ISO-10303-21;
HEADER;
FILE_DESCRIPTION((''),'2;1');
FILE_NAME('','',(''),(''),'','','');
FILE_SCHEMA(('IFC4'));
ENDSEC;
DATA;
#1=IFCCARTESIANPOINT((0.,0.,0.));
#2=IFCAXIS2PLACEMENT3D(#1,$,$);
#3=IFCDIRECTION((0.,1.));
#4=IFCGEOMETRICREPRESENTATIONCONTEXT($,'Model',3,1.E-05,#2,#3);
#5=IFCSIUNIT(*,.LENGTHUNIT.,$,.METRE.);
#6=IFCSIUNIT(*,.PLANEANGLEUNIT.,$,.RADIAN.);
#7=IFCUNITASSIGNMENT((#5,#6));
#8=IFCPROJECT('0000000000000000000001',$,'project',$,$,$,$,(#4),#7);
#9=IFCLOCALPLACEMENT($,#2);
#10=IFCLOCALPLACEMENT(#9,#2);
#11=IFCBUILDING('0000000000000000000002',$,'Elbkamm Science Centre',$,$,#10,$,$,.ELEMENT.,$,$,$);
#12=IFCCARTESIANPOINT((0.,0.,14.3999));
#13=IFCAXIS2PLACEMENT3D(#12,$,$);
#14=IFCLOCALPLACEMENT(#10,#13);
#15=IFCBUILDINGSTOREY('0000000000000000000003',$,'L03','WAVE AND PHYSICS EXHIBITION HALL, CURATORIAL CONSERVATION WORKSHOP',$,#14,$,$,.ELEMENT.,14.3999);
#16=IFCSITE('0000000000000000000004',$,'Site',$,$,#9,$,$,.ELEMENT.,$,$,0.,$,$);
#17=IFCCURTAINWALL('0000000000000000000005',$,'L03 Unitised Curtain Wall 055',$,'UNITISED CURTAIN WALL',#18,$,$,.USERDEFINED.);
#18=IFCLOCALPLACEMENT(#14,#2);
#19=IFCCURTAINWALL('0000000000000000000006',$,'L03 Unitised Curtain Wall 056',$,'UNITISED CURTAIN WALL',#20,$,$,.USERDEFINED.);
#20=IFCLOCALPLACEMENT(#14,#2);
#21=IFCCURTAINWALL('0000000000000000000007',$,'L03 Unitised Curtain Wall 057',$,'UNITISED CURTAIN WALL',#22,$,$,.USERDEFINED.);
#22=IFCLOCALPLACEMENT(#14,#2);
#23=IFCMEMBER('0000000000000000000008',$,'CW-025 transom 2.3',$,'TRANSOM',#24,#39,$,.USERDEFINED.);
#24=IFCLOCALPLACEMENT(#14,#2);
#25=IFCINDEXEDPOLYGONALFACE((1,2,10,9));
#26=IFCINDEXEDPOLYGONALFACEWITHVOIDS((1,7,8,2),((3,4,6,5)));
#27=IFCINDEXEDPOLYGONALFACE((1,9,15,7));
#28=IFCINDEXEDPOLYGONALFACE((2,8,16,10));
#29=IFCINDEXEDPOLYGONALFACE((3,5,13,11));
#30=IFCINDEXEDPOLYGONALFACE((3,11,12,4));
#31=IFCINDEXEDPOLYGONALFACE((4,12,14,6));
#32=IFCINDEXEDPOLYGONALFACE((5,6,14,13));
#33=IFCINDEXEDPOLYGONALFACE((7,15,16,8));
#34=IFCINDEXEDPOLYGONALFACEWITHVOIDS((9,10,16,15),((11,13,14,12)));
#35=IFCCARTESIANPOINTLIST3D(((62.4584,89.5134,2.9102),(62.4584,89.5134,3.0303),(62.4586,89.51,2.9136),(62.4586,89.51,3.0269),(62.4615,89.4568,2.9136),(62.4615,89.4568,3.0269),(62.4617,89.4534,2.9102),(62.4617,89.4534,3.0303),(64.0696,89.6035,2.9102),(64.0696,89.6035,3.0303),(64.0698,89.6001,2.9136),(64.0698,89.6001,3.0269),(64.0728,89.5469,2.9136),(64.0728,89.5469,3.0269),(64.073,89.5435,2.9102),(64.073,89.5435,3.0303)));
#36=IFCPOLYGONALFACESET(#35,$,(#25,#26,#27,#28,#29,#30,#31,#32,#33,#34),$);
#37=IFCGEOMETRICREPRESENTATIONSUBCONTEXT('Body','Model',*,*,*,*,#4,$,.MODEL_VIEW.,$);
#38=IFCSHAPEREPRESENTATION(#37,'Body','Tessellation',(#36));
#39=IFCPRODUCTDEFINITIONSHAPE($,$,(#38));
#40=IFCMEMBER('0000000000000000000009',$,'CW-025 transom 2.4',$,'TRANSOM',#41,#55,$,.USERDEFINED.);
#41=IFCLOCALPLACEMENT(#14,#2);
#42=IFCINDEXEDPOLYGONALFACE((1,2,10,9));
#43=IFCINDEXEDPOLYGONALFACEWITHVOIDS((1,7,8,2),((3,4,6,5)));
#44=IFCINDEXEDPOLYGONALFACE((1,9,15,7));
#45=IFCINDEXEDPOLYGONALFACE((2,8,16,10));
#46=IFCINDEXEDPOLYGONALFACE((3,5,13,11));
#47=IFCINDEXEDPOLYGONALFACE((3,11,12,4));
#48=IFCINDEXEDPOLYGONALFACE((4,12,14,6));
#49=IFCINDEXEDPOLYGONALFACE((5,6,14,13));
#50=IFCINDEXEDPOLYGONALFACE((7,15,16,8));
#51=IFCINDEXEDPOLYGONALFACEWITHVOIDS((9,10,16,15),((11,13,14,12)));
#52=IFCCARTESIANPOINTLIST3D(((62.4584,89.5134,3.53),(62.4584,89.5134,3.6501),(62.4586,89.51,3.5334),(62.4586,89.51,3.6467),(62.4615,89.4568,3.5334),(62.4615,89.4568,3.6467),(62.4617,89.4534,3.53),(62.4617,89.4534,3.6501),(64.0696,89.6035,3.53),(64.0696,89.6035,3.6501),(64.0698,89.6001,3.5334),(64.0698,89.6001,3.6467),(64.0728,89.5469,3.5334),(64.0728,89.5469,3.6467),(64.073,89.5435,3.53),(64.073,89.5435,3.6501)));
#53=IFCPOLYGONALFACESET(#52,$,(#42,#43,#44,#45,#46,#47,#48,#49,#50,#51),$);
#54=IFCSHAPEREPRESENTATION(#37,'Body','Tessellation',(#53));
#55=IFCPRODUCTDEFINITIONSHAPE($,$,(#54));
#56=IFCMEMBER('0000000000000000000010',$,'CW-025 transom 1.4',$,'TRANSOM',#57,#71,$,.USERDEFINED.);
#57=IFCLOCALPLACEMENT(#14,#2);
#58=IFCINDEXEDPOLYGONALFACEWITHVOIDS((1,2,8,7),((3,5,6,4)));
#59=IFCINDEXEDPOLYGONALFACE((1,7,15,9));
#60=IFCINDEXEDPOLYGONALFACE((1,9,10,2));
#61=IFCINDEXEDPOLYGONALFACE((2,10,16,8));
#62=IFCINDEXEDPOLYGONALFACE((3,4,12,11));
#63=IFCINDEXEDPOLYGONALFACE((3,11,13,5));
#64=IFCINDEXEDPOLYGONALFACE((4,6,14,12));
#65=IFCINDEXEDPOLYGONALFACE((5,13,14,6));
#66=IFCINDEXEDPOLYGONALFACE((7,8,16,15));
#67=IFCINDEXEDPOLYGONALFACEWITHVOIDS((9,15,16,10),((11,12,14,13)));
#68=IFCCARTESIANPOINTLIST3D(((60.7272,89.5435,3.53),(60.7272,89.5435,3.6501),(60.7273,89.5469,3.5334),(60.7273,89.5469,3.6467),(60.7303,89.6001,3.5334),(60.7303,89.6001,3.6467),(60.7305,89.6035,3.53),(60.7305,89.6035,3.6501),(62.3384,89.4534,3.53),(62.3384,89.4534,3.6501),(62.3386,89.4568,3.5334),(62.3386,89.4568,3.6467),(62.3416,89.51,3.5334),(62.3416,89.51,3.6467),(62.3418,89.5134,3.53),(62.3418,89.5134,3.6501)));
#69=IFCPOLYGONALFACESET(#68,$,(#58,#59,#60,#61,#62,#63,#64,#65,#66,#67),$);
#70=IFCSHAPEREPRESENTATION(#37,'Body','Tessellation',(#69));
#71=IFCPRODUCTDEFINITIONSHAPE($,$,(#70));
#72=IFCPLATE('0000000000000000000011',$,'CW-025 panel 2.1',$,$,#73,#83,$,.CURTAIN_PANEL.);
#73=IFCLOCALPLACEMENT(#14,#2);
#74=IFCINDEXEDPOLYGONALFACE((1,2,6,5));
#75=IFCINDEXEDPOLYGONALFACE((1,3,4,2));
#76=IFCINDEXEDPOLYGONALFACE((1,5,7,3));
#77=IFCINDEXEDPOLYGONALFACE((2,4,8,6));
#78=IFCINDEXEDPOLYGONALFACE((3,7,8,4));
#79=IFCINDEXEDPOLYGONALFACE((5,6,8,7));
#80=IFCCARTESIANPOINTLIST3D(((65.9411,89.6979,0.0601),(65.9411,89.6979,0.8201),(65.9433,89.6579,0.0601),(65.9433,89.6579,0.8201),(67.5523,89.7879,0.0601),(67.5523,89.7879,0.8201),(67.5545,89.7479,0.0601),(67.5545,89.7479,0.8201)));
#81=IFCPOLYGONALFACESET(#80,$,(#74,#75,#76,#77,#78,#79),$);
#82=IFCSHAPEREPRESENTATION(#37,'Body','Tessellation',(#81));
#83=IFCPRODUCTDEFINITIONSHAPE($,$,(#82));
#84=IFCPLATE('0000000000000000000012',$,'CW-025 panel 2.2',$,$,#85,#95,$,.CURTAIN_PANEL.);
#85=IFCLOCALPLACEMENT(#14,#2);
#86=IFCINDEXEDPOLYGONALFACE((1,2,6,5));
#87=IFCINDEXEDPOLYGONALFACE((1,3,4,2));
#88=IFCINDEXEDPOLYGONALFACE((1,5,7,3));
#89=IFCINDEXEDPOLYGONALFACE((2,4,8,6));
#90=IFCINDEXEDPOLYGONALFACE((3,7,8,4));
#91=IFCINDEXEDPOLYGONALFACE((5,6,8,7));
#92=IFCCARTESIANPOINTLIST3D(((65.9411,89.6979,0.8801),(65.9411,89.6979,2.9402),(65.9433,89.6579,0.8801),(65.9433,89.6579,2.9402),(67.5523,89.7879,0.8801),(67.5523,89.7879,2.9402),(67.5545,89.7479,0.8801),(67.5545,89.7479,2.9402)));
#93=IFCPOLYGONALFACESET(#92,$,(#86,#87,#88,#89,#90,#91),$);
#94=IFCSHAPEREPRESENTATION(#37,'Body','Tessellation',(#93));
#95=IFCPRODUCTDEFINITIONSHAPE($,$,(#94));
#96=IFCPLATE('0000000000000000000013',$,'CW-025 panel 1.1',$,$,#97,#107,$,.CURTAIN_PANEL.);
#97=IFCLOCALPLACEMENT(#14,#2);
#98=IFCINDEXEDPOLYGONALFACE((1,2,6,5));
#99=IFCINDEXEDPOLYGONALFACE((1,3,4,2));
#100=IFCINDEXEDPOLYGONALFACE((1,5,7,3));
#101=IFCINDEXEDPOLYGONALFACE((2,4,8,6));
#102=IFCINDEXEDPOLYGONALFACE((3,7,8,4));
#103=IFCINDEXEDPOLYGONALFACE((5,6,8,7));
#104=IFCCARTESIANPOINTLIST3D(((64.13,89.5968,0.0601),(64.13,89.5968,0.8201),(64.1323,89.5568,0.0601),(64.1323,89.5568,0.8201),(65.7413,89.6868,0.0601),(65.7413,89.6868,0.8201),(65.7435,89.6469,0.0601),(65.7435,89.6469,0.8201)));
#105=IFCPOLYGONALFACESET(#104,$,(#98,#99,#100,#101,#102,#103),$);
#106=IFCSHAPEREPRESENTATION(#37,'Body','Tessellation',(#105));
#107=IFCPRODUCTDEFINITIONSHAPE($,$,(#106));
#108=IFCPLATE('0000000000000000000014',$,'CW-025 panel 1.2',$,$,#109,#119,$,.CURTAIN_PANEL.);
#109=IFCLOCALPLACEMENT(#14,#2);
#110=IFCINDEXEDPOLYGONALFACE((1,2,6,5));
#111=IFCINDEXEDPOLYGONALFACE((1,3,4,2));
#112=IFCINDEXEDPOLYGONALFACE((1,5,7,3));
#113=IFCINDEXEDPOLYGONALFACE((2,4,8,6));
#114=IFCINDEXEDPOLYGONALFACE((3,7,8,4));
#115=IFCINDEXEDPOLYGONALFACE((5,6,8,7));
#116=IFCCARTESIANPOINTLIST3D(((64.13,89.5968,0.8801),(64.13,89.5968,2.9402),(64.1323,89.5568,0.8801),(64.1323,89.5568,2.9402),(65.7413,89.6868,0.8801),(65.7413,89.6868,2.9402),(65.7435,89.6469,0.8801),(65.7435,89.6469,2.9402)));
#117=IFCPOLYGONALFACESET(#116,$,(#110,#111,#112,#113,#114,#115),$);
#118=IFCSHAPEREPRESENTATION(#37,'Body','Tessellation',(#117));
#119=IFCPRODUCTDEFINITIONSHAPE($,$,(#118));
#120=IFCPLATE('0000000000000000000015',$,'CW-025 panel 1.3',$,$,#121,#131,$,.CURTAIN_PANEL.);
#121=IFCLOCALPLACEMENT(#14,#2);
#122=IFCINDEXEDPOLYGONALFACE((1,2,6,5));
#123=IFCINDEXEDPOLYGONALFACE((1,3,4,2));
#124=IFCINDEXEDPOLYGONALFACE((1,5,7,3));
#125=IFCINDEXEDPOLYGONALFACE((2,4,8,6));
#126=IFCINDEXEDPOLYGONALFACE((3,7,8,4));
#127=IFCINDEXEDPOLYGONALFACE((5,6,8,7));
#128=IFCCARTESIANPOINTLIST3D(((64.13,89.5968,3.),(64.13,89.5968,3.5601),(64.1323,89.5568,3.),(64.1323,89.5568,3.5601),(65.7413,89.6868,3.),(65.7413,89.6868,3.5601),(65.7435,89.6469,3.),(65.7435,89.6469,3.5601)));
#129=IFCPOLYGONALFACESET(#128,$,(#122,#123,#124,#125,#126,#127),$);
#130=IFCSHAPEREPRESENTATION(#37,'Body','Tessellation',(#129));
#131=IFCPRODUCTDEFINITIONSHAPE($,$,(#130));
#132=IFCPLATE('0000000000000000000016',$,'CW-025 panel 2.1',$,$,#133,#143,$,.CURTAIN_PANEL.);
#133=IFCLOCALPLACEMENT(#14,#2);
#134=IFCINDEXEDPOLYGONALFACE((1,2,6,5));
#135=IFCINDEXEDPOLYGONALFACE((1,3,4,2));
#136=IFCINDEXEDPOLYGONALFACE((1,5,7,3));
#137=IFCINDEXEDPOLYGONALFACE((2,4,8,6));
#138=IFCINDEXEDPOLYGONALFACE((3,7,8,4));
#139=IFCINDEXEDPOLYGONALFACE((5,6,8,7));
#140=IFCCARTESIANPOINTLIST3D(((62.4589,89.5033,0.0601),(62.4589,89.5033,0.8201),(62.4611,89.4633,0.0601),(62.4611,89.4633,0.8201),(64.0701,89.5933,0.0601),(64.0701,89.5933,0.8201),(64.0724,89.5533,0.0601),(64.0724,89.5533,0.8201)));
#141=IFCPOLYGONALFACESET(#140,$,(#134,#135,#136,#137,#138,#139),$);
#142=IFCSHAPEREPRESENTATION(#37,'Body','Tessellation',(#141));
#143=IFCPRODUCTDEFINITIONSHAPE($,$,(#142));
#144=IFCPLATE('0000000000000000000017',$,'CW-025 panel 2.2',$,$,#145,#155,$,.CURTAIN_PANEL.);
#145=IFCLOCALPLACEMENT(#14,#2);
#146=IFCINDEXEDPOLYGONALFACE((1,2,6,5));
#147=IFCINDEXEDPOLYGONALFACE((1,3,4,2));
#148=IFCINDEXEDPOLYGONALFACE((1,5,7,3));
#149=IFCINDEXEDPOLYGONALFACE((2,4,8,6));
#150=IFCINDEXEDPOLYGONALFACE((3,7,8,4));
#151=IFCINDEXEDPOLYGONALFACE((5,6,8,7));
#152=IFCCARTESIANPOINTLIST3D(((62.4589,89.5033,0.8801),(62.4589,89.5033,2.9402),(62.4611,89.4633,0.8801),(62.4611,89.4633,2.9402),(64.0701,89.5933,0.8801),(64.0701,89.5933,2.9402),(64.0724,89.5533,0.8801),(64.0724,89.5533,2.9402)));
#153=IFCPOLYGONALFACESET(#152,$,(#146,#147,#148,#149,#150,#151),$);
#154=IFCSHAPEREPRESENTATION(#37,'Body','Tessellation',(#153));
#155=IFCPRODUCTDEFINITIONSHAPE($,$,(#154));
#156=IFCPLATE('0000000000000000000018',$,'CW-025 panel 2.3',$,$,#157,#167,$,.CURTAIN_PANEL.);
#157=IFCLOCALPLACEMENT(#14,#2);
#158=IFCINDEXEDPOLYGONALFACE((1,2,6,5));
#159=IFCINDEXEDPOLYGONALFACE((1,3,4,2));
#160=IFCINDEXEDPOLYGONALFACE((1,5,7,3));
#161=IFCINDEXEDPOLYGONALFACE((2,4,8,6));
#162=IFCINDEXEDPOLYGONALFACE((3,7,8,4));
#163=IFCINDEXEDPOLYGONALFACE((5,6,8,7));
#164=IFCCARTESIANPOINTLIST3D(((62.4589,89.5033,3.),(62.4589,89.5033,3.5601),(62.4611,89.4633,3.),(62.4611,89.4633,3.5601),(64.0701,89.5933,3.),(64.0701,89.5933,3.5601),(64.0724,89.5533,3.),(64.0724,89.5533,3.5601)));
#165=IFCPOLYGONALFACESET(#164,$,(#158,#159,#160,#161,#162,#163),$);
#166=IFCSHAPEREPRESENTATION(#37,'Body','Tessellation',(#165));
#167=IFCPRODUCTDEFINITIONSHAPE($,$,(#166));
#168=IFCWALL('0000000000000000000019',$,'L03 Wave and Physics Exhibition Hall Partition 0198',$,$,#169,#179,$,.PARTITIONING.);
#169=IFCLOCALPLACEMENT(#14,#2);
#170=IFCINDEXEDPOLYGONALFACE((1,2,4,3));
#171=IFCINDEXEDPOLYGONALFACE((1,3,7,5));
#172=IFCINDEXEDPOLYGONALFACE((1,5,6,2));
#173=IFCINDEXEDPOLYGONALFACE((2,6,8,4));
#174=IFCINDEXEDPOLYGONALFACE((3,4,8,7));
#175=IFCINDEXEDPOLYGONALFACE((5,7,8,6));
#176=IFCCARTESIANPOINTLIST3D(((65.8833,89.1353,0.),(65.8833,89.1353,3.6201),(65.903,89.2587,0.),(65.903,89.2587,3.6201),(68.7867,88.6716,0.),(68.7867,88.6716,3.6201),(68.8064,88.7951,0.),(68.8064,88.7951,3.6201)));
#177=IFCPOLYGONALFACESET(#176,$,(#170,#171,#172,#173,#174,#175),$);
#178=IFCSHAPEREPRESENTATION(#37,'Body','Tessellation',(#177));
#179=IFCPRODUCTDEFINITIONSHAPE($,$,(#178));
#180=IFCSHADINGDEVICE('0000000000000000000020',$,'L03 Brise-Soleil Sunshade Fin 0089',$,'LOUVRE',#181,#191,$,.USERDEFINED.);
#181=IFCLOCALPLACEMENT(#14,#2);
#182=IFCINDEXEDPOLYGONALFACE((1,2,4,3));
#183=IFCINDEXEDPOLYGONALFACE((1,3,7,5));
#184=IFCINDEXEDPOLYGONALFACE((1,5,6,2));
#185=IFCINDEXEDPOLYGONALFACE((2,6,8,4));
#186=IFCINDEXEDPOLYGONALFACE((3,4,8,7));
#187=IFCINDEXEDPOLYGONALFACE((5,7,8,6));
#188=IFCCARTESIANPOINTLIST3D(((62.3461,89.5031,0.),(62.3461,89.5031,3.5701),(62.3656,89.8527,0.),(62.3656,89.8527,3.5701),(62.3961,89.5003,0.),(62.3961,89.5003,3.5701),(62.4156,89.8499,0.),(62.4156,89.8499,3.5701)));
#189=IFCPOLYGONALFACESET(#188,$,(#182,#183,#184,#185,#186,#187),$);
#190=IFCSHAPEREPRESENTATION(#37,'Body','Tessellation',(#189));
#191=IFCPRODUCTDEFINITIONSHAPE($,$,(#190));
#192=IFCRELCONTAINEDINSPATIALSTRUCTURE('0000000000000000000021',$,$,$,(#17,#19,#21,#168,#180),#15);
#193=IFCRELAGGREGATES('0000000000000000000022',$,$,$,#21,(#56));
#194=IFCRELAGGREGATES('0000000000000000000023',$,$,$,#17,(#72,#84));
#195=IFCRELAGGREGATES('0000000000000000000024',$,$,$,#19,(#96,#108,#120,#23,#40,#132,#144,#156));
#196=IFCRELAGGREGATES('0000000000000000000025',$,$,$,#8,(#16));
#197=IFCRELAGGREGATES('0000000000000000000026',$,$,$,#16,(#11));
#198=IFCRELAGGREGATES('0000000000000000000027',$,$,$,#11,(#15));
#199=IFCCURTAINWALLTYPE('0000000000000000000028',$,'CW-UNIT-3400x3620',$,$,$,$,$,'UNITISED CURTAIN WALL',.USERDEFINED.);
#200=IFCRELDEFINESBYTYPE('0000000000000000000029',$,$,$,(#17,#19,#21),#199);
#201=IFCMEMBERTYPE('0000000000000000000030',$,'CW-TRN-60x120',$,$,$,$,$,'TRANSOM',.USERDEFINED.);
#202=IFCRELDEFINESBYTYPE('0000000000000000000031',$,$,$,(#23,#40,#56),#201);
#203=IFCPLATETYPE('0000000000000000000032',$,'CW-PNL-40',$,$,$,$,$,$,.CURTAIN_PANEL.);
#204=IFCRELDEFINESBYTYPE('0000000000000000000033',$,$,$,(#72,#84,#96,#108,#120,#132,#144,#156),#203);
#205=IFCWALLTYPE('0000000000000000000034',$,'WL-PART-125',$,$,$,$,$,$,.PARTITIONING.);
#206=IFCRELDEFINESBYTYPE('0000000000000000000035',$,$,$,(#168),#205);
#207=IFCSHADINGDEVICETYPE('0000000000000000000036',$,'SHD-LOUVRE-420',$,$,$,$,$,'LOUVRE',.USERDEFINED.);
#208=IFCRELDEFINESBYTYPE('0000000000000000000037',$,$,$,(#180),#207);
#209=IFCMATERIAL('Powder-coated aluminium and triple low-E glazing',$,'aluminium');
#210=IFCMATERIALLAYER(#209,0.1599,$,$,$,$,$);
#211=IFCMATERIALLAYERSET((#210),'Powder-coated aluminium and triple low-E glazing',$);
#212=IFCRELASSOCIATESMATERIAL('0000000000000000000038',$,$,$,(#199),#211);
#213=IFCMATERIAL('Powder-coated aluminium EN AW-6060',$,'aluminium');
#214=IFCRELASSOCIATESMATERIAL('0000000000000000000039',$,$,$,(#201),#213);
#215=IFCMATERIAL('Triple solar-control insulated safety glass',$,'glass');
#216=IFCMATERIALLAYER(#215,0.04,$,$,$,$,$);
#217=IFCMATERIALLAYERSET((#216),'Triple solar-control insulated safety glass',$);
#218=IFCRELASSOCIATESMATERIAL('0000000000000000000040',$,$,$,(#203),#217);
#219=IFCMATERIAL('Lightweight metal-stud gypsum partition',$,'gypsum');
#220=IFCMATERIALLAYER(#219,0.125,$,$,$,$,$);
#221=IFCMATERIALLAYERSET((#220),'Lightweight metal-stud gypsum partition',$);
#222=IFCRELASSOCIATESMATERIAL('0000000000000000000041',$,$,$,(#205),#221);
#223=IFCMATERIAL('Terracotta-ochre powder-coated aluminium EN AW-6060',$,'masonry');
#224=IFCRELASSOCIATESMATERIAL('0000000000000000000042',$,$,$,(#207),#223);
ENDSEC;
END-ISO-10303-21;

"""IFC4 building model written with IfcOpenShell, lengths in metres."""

from ifc_helpers import new_model, si_unit, direction, frame, frame_2d, origin, origin_2d, place, context, subcontext, project, spatial, rectangle, hollow_rectangle, extrude, material, layer, layer_set, material_profile, profile_set, type_object, element, aggregate, save


model = new_model("IFC4")

# Units and contexts
model_context = context("Model", 3, precision=1e-05, world=origin(), true_north=direction((0.0, 1.0)))
body_context = subcontext(model_context, "Body", "Model", "MODEL_VIEW")
ifc_project = project(units=[si_unit("LENGTHUNIT", "METRE"), si_unit("PLANEANGLEUNIT", "RADIAN")], contexts=[model_context])

# Site, building, storey
site_placement = place(None, origin())
site = spatial("IfcSite", under=ifc_project, at=site_placement, Name="Site", CompositionType="ELEMENT", RefElevation=0.0)
building_placement = place(site_placement, origin())
building = spatial("IfcBuilding", under=site, at=building_placement, Name="Elbkamm Science Centre", CompositionType="ELEMENT")
storey_placement = place(building_placement, frame((0.0, 0.0, 14.3999)))
storey = spatial("IfcBuildingStorey", under=building, at=storey_placement, Name="L03", Description="WAVE AND PHYSICS EXHIBITION HALL, CURATORIAL CONSERVATION WORKSHOP", CompositionType="ELEMENT", Elevation=14.3999)

# Curtain wall
ifc_material_1 = material(Name="Powder-coated aluminium and triple low-E glazing", Category="aluminium")
ifc_layer_1 = layer(ifc_material_1, 0.1599)
ifc_layer_set_1 = layer_set([ifc_layer_1], Name="Powder-coated aluminium and triple low-E glazing")
curtain_wall_type = type_object("IfcCurtainWallType", Name="CW-UNIT-3400x3620", ElementType="UNITISED CURTAIN WALL", PredefinedType="USERDEFINED", material=ifc_layer_set_1)
curtain_wall_1_placement = place(storey_placement, origin())
curtain_wall_1 = element("IfcCurtainWall", 1, at=curtain_wall_1_placement, inside=storey, type_object=curtain_wall_type, Name="L03 Unitised Curtain Wall 055", ObjectType="UNITISED CURTAIN WALL", PredefinedType="USERDEFINED")
ifc_material_2 = material(Name="Powder-coated aluminium EN AW-6060", Category="aluminium")

# Curtain wall
curtain_wall_2_placement = place(storey_placement, origin())
curtain_wall_2 = element("IfcCurtainWall", 2, at=curtain_wall_2_placement, inside=storey, type_object=curtain_wall_type, Name="L03 Unitised Curtain Wall 056", ObjectType="UNITISED CURTAIN WALL", PredefinedType="USERDEFINED")

# Curtain wall
curtain_wall_3_placement = place(storey_placement, origin())
curtain_wall_3 = element("IfcCurtainWall", 3, at=curtain_wall_3_placement, inside=storey, type_object=curtain_wall_type, Name="L03 Unitised Curtain Wall 057", ObjectType="UNITISED CURTAIN WALL", PredefinedType="USERDEFINED")

# Members
ifc_material_profile_1 = material_profile(ifc_material_2, hollow_rectangle(XDim=0.0601, YDim=0.1201, WallThickness=0.0034, at=origin_2d()), Name="ALU T60x120")
ifc_profile_set_1 = profile_set([ifc_material_profile_1], Name="Powder-coated aluminium EN AW-6060")
member_type_1 = type_object("IfcMemberType", Name="CW-TRN-60x120", ElementType="TRANSOM", PredefinedType="USERDEFINED", material=ifc_profile_set_1)
member_1_placement = place(storey_placement, frame((64.0713, 89.5735, 2.9702), z_axis=(-0.998441, -0.055822, 0.0), x_axis=(0.055822, -0.998441, 0.0)))
member_1 = element("IfcMember", 4, at=member_1_placement, type_object=member_type_1, Name="CW-025 transom 2.3", ObjectType="TRANSOM", PredefinedType="USERDEFINED", context=body_context, shape_type="SweptSolid", body=[
    extrude(hollow_rectangle(XDim=0.0601, YDim=0.1201, WallThickness=0.0034, at=origin_2d()), origin(), (0.0, 0.0, 1.0), 1.6138),
])
member_2_placement = place(storey_placement, frame((64.0713, 89.5735, 3.5901), z_axis=(-0.998441, -0.055822, 0.0), x_axis=(0.055822, -0.998441, 0.0)))
member_2 = element("IfcMember", 5, at=member_2_placement, type_object=member_type_1, Name="CW-025 transom 2.4", ObjectType="TRANSOM", PredefinedType="USERDEFINED", context=body_context, shape_type="SweptSolid", body=[
    extrude(hollow_rectangle(XDim=0.0601, YDim=0.1201, WallThickness=0.0034, at=origin_2d()), origin(), (0.0, 0.0, 1.0), 1.6138),
])
member_3_placement = place(storey_placement, frame((62.3401, 89.4834, 3.5901), z_axis=(-0.998441, 0.055822, 0.0), x_axis=(-0.055822, -0.998441, 0.0)))
member_3 = element("IfcMember", 6, at=member_3_placement, type_object=member_type_1, Name="CW-025 transom 1.4", ObjectType="TRANSOM", PredefinedType="USERDEFINED", context=body_context, shape_type="SweptSolid", body=[
    extrude(hollow_rectangle(XDim=0.0601, YDim=0.1201, WallThickness=0.0034, at=origin_2d()), origin(), (0.0, 0.0, 1.0), 1.6138),
])
aggregate(curtain_wall_3, [member_3])

# Plates
ifc_material_3 = material(Name="Triple solar-control insulated safety glass", Category="glass")
ifc_layer_2 = layer(ifc_material_3, 0.04)
ifc_layer_set_2 = layer_set([ifc_layer_2], Name="Triple solar-control insulated safety glass")
plate_type = type_object("IfcPlateType", Name="CW-PNL-40", PredefinedType="CURTAIN_PANEL", material=ifc_layer_set_2)
plate_1_placement = place(storey_placement, frame((66.7478, 89.7229, 0.0601), z_axis=(0.0, 0.0, 1.0), x_axis=(-0.998443, -0.055785, 0.0)))
plate_1 = element("IfcPlate", 7, at=plate_1_placement, type_object=plate_type, Name="CW-025 panel 2.1", PredefinedType="CURTAIN_PANEL", context=body_context, shape_type="SweptSolid", body=[
    extrude(rectangle(XDim=1.6138, YDim=0.04, at=origin_2d()), origin(), (0.0, 0.0, 1.0), 0.76),
])
plate_2_placement = place(storey_placement, frame((66.7478, 89.7229, 0.8801), z_axis=(0.0, 0.0, 1.0), x_axis=(-0.998443, -0.055785, 0.0)))
plate_2 = element("IfcPlate", 8, at=plate_2_placement, type_object=plate_type, Name="CW-025 panel 2.2", PredefinedType="CURTAIN_PANEL", context=body_context, shape_type="SweptSolid", body=[
    extrude(rectangle(XDim=1.6138, YDim=0.04, at=origin_2d()), origin(), (0.0, 0.0, 1.0), 2.0601),
])
aggregate(curtain_wall_1, [plate_1, plate_2])
plate_3_placement = place(storey_placement, frame((64.9368, 89.6218, 0.0601), z_axis=(0.0, 0.0, 1.0), x_axis=(-0.998443, -0.055785, 0.0)))
plate_3 = element("IfcPlate", 9, at=plate_3_placement, type_object=plate_type, Name="CW-025 panel 1.1", PredefinedType="CURTAIN_PANEL", context=body_context, shape_type="SweptSolid", body=[
    extrude(rectangle(XDim=1.6138, YDim=0.04, at=origin_2d()), origin(), (0.0, 0.0, 1.0), 0.76),
])
plate_4_placement = place(storey_placement, frame((64.9368, 89.6218, 0.8801), z_axis=(0.0, 0.0, 1.0), x_axis=(-0.998443, -0.055785, 0.0)))
plate_4 = element("IfcPlate", 10, at=plate_4_placement, type_object=plate_type, Name="CW-025 panel 1.2", PredefinedType="CURTAIN_PANEL", context=body_context, shape_type="SweptSolid", body=[
    extrude(rectangle(XDim=1.6138, YDim=0.04, at=origin_2d()), origin(), (0.0, 0.0, 1.0), 2.0601),
])
plate_5_placement = place(storey_placement, frame((64.9368, 89.6218, 3.0), z_axis=(0.0, 0.0, 1.0), x_axis=(-0.998443, -0.055785, 0.0)))
plate_5 = element("IfcPlate", 11, at=plate_5_placement, type_object=plate_type, Name="CW-025 panel 1.3", PredefinedType="CURTAIN_PANEL", context=body_context, shape_type="SweptSolid", body=[
    extrude(rectangle(XDim=1.6138, YDim=0.04, at=origin_2d()), origin(), (0.0, 0.0, 1.0), 0.5601),
])
plate_6_placement = place(storey_placement, frame((63.2656, 89.5283, 0.0601), z_axis=(0.0, 0.0, 1.0), x_axis=(-0.998443, -0.055785, 0.0)))
plate_6 = element("IfcPlate", 12, at=plate_6_placement, type_object=plate_type, Name="CW-025 panel 2.1", PredefinedType="CURTAIN_PANEL", context=body_context, shape_type="SweptSolid", body=[
    extrude(rectangle(XDim=1.6138, YDim=0.04, at=origin_2d()), origin(), (0.0, 0.0, 1.0), 0.76),
])
plate_7_placement = place(storey_placement, frame((63.2656, 89.5283, 0.8801), z_axis=(0.0, 0.0, 1.0), x_axis=(-0.998443, -0.055785, 0.0)))
plate_7 = element("IfcPlate", 13, at=plate_7_placement, type_object=plate_type, Name="CW-025 panel 2.2", PredefinedType="CURTAIN_PANEL", context=body_context, shape_type="SweptSolid", body=[
    extrude(rectangle(XDim=1.6138, YDim=0.04, at=origin_2d()), origin(), (0.0, 0.0, 1.0), 2.0601),
])
plate_8_placement = place(storey_placement, frame((63.2656, 89.5283, 3.0), z_axis=(0.0, 0.0, 1.0), x_axis=(-0.998443, -0.055785, 0.0)))
plate_8 = element("IfcPlate", 14, at=plate_8_placement, type_object=plate_type, Name="CW-025 panel 2.3", PredefinedType="CURTAIN_PANEL", context=body_context, shape_type="SweptSolid", body=[
    extrude(rectangle(XDim=1.6138, YDim=0.04, at=origin_2d()), origin(), (0.0, 0.0, 1.0), 0.5601),
])
aggregate(curtain_wall_2, [plate_3, plate_4, plate_5, member_1, member_2, plate_6, plate_7, plate_8])

# Wall
ifc_material_4 = material(Name="Lightweight metal-stud gypsum partition", Category="gypsum")
ifc_layer_3 = layer(ifc_material_4, 0.125)
ifc_layer_set_3 = layer_set([ifc_layer_3], Name="Lightweight metal-stud gypsum partition")
wall_type = type_object("IfcWallType", Name="WL-PART-125", PredefinedType="PARTITIONING", material=ifc_layer_set_3)
wall_placement = place(storey_placement, frame((65.8931, 89.197, 0.0), z_axis=(0.0, 0.0, 1.0), x_axis=(0.987489, -0.157689, 0.0)))
element("IfcWall", 15, at=wall_placement, inside=storey, type_object=wall_type, Name="L03 Wave and Physics Exhibition Hall Partition 0198", PredefinedType="PARTITIONING", context=body_context, shape_type="SweptSolid", body=[
    extrude(rectangle(XDim=2.9402, YDim=0.125, at=frame_2d((1.4702, 0.0))), origin(), (0.0, 0.0, 1.0), 3.6201),
])

# Shading device
ifc_material_5 = material(Name="Terracotta-ochre powder-coated aluminium EN AW-6060", Category="masonry")
shading_device_type = type_object("IfcShadingDeviceType", Name="SHD-LOUVRE-420", ElementType="LOUVRE", PredefinedType="USERDEFINED", material=ifc_material_5)
shading_device_placement = place(storey_placement, frame((62.3809, 89.6765, 0.0), z_axis=(0.0, 0.0, 1.0), x_axis=(0.055785, 0.998443, 0.0)))
element("IfcShadingDevice", 16, at=shading_device_placement, inside=storey, type_object=shading_device_type, Name="L03 Brise-Soleil Sunshade Fin 0089", ObjectType="LOUVRE", PredefinedType="USERDEFINED", context=body_context, shape_type="SweptSolid", body=[
    extrude(rectangle(XDim=0.3501, YDim=0.05, at=origin_2d()), origin(), (0.0, 0.0, 1.0), 3.5701),
])

save(model, "model.ifc")
